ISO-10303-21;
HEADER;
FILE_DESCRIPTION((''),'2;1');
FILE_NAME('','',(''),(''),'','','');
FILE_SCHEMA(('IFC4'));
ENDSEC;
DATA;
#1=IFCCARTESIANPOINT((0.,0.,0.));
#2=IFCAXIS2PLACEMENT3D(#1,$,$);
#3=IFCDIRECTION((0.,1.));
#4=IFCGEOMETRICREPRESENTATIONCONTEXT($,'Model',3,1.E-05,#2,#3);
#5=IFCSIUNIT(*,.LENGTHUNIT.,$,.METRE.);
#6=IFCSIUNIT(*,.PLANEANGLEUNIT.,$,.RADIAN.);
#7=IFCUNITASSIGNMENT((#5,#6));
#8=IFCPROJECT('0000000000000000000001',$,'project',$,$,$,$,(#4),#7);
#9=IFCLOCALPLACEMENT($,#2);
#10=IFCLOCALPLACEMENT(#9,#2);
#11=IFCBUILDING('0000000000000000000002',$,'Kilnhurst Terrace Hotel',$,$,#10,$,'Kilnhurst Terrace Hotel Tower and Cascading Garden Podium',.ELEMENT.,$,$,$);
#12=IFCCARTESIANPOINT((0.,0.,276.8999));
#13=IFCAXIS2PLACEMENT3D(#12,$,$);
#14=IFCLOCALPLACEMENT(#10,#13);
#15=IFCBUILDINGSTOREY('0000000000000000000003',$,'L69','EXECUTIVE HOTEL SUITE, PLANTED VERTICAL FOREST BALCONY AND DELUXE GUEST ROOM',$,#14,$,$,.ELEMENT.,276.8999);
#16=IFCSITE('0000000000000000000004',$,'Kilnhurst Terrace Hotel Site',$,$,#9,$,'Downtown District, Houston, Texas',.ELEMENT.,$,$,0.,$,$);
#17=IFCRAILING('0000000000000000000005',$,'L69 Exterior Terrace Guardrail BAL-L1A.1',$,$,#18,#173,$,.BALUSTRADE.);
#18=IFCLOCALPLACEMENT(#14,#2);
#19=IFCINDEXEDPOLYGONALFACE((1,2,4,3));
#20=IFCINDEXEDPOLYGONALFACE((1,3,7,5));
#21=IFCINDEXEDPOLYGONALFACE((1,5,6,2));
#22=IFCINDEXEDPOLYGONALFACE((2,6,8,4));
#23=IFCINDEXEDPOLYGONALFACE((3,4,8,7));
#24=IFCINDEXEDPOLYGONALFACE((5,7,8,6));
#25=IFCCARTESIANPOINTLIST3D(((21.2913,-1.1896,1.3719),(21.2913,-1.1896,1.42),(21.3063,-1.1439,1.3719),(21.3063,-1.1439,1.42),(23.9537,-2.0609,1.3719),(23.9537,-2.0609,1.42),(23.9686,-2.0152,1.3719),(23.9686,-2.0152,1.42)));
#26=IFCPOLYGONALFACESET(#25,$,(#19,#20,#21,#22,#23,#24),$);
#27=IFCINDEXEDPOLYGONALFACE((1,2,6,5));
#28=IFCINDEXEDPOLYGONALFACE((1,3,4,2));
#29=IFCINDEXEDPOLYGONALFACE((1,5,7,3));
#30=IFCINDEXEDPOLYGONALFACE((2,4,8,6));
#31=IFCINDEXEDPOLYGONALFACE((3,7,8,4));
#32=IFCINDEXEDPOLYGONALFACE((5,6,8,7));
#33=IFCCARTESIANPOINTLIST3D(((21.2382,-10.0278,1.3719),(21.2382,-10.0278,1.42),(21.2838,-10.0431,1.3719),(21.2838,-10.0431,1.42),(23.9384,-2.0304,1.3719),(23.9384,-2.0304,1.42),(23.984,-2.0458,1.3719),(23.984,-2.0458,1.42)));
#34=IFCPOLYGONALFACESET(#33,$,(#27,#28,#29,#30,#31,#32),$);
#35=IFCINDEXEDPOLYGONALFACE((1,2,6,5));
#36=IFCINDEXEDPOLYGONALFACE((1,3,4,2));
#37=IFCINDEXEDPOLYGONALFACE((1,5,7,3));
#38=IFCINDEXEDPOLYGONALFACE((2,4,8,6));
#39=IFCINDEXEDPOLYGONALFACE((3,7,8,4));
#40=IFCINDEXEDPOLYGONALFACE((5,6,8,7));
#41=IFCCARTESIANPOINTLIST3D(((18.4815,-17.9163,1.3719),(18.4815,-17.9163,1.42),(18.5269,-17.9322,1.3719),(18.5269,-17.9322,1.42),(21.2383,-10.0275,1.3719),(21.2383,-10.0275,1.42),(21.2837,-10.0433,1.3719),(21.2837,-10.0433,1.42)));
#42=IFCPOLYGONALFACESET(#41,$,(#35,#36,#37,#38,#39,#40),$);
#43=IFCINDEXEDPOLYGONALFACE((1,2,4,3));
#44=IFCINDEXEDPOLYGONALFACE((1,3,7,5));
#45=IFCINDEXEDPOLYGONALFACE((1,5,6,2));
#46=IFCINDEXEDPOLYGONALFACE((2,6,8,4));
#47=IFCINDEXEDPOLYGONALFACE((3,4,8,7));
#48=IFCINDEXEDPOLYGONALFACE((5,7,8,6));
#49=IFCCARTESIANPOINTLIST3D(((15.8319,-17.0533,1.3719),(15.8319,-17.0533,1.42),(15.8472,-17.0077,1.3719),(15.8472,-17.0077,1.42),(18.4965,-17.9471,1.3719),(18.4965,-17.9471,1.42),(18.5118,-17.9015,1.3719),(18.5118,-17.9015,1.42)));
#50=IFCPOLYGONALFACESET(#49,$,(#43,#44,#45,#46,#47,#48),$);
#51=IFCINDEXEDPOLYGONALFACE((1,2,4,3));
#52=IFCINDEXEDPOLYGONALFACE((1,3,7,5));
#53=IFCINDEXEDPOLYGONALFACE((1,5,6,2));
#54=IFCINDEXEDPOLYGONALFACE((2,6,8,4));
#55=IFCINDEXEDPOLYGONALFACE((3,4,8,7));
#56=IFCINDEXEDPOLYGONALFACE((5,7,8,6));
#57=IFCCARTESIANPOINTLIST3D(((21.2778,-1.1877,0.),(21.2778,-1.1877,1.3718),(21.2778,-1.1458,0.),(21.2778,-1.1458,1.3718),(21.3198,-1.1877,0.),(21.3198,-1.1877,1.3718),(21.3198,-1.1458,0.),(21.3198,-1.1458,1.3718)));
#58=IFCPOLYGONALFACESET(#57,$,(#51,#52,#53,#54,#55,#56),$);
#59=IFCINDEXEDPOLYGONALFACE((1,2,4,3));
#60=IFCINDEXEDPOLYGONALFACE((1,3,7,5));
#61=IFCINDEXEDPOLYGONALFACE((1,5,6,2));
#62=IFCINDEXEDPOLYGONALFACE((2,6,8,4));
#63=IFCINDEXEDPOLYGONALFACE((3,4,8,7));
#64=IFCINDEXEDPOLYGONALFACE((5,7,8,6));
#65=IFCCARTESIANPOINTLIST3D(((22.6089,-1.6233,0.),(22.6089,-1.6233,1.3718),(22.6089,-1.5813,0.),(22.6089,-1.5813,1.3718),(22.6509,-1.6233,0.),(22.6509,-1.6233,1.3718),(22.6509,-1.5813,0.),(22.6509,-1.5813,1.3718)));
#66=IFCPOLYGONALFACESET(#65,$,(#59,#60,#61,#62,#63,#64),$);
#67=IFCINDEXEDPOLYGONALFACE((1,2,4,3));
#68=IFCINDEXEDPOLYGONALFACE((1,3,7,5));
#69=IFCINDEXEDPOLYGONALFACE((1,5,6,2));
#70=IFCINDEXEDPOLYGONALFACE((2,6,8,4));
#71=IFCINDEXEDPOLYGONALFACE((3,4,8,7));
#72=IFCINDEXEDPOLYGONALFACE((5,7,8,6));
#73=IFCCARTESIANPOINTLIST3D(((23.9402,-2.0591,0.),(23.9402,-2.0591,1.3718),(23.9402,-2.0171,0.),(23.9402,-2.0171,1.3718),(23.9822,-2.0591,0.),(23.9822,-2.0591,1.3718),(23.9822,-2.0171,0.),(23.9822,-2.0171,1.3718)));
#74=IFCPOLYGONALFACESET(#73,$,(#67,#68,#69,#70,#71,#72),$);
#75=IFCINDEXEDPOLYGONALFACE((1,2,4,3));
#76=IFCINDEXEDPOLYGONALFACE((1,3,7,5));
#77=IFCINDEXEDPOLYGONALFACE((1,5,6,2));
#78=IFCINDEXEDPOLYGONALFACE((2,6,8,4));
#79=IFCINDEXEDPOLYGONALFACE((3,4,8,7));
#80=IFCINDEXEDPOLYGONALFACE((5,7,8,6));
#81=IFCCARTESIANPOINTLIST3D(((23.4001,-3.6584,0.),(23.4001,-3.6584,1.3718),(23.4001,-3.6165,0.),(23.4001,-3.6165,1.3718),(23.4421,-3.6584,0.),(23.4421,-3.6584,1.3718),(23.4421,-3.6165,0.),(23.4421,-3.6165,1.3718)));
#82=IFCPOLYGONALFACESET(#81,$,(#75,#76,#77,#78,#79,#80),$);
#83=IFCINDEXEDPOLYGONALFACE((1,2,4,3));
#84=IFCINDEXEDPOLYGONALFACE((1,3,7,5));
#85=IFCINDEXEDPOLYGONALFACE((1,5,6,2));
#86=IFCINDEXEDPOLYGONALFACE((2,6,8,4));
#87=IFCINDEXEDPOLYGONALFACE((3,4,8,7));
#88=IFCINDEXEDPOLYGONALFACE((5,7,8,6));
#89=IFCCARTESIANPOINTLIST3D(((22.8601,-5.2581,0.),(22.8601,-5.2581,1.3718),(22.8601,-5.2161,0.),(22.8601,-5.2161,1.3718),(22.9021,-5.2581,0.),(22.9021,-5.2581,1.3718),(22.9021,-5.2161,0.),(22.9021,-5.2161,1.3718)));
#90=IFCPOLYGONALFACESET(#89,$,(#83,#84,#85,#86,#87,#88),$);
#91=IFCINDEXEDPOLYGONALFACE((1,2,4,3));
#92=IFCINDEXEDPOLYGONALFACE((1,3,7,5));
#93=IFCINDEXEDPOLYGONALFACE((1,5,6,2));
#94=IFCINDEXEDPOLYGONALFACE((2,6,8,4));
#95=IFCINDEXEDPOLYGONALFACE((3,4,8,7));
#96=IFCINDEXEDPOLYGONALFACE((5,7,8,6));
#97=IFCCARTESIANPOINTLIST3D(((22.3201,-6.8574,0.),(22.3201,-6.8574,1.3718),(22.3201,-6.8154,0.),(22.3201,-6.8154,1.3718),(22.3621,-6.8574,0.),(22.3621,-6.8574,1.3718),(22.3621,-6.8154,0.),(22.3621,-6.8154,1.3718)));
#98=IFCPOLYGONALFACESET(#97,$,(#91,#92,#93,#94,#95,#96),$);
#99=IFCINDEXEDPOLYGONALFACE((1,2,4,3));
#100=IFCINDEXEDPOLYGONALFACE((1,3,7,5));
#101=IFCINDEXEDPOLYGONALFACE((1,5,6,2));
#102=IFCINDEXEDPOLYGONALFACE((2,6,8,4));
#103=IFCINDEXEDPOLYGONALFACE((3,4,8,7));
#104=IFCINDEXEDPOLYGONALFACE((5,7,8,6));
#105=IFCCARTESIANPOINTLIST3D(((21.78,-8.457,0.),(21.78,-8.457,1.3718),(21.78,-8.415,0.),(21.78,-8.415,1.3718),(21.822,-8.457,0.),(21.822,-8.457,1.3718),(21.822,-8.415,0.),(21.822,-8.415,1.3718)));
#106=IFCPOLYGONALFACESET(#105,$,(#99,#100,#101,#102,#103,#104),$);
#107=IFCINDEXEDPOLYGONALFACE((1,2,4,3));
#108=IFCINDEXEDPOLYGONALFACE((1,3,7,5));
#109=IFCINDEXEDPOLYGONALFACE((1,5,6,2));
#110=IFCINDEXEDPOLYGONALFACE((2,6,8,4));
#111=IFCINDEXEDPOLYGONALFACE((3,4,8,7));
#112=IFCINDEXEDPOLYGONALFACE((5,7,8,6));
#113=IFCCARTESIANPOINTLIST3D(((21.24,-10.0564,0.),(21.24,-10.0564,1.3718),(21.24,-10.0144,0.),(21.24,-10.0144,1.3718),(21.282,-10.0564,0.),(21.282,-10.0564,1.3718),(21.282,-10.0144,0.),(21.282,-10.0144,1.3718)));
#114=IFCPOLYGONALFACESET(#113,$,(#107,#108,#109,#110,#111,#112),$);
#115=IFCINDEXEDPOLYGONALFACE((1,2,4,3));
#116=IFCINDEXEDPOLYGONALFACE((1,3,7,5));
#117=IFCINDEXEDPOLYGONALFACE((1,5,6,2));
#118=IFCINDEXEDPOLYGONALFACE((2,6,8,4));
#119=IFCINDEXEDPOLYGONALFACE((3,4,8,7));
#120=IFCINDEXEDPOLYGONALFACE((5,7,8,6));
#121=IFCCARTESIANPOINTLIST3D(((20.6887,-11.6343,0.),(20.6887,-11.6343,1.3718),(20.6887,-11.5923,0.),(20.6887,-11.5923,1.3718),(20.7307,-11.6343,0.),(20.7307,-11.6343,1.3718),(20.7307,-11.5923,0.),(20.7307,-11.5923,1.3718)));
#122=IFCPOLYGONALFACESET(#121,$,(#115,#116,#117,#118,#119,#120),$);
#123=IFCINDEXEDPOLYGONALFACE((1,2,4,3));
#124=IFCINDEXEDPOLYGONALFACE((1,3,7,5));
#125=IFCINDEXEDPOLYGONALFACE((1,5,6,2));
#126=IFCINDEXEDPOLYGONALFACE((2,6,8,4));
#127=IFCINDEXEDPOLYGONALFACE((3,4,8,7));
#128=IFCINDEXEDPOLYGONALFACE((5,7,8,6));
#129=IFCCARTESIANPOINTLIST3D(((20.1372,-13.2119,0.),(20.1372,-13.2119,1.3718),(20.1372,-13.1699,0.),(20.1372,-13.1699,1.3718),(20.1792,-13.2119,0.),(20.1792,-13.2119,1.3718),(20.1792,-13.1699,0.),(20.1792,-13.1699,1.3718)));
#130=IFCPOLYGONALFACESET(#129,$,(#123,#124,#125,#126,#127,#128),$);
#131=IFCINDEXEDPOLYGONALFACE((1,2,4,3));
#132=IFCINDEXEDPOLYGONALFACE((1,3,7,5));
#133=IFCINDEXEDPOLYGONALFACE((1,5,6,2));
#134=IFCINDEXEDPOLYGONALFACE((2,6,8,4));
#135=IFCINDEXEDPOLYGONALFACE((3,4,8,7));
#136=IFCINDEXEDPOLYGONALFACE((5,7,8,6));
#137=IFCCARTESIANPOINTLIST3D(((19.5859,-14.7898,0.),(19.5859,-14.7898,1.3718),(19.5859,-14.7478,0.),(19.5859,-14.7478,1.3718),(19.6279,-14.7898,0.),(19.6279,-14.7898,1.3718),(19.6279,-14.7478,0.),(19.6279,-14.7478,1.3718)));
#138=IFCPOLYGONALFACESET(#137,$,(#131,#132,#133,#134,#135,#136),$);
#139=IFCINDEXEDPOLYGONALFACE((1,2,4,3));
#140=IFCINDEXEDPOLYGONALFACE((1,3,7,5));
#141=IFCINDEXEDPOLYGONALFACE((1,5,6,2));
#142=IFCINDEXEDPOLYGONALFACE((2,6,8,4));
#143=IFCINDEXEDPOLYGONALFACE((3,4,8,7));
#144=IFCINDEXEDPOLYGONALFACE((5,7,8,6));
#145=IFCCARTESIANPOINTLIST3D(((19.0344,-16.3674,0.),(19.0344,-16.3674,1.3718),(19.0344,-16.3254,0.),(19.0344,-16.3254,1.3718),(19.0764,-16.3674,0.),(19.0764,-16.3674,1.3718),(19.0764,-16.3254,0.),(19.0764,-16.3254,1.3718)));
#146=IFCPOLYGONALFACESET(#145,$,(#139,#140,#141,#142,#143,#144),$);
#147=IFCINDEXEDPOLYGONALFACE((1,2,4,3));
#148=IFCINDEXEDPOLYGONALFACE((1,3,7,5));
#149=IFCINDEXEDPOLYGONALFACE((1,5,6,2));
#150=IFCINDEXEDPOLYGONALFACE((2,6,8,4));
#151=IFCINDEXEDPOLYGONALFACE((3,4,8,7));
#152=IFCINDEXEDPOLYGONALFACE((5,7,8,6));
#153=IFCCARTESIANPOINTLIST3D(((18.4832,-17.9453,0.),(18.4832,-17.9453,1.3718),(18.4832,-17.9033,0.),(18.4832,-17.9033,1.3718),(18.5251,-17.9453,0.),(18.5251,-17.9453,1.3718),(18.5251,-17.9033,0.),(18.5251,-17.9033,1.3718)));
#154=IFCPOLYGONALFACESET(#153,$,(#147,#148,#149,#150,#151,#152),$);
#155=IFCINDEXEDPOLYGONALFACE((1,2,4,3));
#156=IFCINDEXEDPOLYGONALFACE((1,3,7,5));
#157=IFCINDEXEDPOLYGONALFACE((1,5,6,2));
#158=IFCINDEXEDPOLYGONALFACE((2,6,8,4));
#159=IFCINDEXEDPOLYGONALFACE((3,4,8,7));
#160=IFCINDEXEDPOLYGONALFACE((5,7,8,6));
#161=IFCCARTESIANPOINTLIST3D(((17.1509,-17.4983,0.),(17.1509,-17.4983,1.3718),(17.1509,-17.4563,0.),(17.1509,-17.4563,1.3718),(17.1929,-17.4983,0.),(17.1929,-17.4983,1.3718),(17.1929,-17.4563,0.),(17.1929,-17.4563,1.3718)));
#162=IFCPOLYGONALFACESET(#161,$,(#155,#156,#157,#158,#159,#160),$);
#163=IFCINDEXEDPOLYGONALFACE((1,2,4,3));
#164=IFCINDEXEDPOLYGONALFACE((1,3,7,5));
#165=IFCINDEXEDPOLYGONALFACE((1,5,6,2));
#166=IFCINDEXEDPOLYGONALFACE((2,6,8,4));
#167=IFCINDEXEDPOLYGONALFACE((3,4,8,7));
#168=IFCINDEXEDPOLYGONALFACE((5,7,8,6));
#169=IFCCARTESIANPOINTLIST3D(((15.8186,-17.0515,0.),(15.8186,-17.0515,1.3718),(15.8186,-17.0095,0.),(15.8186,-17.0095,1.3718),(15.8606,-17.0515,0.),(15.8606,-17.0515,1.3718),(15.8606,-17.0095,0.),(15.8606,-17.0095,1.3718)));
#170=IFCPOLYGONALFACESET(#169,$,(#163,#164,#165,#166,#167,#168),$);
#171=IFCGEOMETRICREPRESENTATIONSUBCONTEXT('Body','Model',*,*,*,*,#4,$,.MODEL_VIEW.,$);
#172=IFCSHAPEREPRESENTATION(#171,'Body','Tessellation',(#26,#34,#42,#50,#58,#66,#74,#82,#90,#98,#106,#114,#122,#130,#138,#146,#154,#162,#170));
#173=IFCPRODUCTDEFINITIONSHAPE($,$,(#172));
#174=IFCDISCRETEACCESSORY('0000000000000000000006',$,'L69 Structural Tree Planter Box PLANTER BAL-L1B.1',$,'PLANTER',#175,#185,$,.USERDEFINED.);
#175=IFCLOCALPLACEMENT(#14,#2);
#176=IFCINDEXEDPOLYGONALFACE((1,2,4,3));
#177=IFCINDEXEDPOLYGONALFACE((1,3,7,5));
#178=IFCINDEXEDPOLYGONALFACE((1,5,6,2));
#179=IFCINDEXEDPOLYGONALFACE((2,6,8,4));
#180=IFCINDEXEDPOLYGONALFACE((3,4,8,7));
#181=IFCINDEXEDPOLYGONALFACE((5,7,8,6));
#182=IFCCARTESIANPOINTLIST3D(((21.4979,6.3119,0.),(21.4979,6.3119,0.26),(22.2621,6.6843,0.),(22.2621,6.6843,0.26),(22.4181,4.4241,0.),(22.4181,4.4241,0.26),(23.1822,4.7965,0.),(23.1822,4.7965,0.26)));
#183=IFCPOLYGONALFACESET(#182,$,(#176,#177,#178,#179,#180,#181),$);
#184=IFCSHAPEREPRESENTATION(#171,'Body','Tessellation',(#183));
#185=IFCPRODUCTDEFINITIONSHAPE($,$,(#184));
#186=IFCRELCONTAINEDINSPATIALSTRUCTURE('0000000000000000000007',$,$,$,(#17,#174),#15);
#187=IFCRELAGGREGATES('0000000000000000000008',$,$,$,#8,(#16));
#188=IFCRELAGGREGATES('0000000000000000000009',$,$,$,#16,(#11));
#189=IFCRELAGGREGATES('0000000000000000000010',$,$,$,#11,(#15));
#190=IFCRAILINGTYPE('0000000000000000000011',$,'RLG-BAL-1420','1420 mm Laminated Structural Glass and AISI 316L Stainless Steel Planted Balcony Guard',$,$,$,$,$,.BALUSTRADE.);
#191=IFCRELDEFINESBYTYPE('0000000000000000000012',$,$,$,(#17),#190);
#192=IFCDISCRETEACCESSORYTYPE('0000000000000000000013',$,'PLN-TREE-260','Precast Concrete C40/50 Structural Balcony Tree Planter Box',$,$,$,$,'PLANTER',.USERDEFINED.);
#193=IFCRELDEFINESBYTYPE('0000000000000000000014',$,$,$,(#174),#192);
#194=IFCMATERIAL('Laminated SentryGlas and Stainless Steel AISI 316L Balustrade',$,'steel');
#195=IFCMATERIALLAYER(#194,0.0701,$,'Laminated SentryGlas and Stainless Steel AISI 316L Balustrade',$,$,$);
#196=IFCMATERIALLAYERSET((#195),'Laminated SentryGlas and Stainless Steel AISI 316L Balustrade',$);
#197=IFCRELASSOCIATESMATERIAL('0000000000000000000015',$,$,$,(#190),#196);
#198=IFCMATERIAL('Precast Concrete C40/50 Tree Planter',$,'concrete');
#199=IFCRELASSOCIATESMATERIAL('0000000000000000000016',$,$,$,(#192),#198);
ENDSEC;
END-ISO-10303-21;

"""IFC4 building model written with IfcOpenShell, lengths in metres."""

from ifc_helpers import new_model, si_unit, direction, frame, origin, origin_2d, place, context, subcontext, project, spatial, rectangle, extrude, material, layer, layer_set, type_object, element, save


model = new_model("IFC4")

# Units and contexts
model_context = context("Model", 3, precision=1e-05, world=origin(), true_north=direction((0.0, 1.0)))
body_context = subcontext(model_context, "Body", "Model", "MODEL_VIEW")
ifc_project = project(units=[si_unit("LENGTHUNIT", "METRE"), si_unit("PLANEANGLEUNIT", "RADIAN")], contexts=[model_context])

# Site, building, storey
site_placement = place(None, origin())
site = spatial("IfcSite", under=ifc_project, at=site_placement, Name="Kilnhurst Terrace Hotel Site", LongName="Downtown District, Houston, Texas", CompositionType="ELEMENT", RefElevation=0.0)
building_placement = place(site_placement, origin())
building = spatial("IfcBuilding", under=site, at=building_placement, Name="Kilnhurst Terrace Hotel", LongName="Kilnhurst Terrace Hotel Tower and Cascading Garden Podium", CompositionType="ELEMENT")
storey_placement = place(building_placement, frame((0.0, 0.0, 276.8999)))
storey = spatial("IfcBuildingStorey", under=building, at=storey_placement, Name="L69", Description="EXECUTIVE HOTEL SUITE, PLANTED VERTICAL FOREST BALCONY AND DELUXE GUEST ROOM", CompositionType="ELEMENT", Elevation=276.8999)

# Railing
ifc_material_1 = material(Name="Laminated SentryGlas and Stainless Steel AISI 316L Balustrade", Category="steel")
ifc_layer_1 = layer(ifc_material_1, 0.0701, Name="Laminated SentryGlas and Stainless Steel AISI 316L Balustrade")
ifc_layer_set_1 = layer_set([ifc_layer_1], Name="Laminated SentryGlas and Stainless Steel AISI 316L Balustrade")
railing_type = type_object("IfcRailingType", Name="RLG-BAL-1420", Description="1420 mm Laminated Structural Glass and AISI 316L Stainless Steel Planted Balcony Guard", PredefinedType="BALUSTRADE", material=ifc_layer_set_1)
railing_placement = place(storey_placement, frame((21.2988, -1.1667, 0.0)))
element("IfcRailing", 1, at=railing_placement, inside=storey, type_object=railing_type, Name="L69 Exterior Terrace Guardrail BAL-L1A.1", PredefinedType="BALUSTRADE", context=body_context, shape_type="SweptSolid", body=[
    extrude(rectangle(XDim=0.0481, YDim=0.0481, at=origin_2d()), frame((0.0, 0.0, 1.396), z_axis=(0.950395, -0.311046, 0.0), x_axis=(0.311046, 0.950395, 0.0)), (0.0, 0.0, 1.0), 2.8013),
    extrude(rectangle(XDim=0.0481, YDim=0.0481, at=origin_2d()), frame((2.6624, -0.8713, 1.396), z_axis=(-0.319896, -0.947453, 0.0), x_axis=(0.947453, -0.319896, 0.0)), (0.0, 0.0, 1.0), 8.4409),
    extrude(rectangle(XDim=0.0481, YDim=0.0481, at=origin_2d()), frame((-0.0378, -8.8687, 1.396), z_axis=(-0.329894, -0.944018, 0.0), x_axis=(0.944018, -0.329894, 0.0)), (0.0, 0.0, 1.0), 8.3567),
    extrude(rectangle(XDim=0.0481, YDim=0.0481, at=origin_2d()), frame((-2.7947, -16.7576, 1.396), z_axis=(-0.948082, 0.318025, 0.0), x_axis=(-0.318025, -0.948082, 0.0)), (0.0, 0.0, 1.0), 2.8105),
    extrude(rectangle(XDim=0.042, YDim=0.042, at=origin_2d()), origin(), (0.0, 0.0, 1.0), 1.3718),
    extrude(rectangle(XDim=0.042, YDim=0.042, at=origin_2d()), frame((1.3311, -0.4355, 0.0)), (0.0, 0.0, 1.0), 1.3718),
    extrude(rectangle(XDim=0.042, YDim=0.042, at=origin_2d()), frame((2.6624, -0.8713, 0.0)), (0.0, 0.0, 1.0), 1.3718),
    extrude(rectangle(XDim=0.042, YDim=0.042, at=origin_2d()), frame((2.1223, -2.4707, 0.0)), (0.0, 0.0, 1.0), 1.3718),
    extrude(rectangle(XDim=0.042, YDim=0.042, at=origin_2d()), frame((1.5823, -4.0703, 0.0)), (0.0, 0.0, 1.0), 1.3718),
    extrude(rectangle(XDim=0.042, YDim=0.042, at=origin_2d()), frame((1.0422, -5.6697, 0.0)), (0.0, 0.0, 1.0), 1.3718),
    extrude(rectangle(XDim=0.042, YDim=0.042, at=origin_2d()), frame((0.5022, -7.2693, 0.0)), (0.0, 0.0, 1.0), 1.3718),
    extrude(rectangle(XDim=0.042, YDim=0.042, at=origin_2d()), frame((-0.0378, -8.8687, 0.0)), (0.0, 0.0, 1.0), 1.3718),
    extrude(rectangle(XDim=0.042, YDim=0.042, at=origin_2d()), frame((-0.5891, -10.4465, 0.0)), (0.0, 0.0, 1.0), 1.3718),
    extrude(rectangle(XDim=0.042, YDim=0.042, at=origin_2d()), frame((-1.1406, -12.0242, 0.0)), (0.0, 0.0, 1.0), 1.3718),
    extrude(rectangle(XDim=0.042, YDim=0.042, at=origin_2d()), frame((-1.6919, -13.6021, 0.0)), (0.0, 0.0, 1.0), 1.3718),
    extrude(rectangle(XDim=0.042, YDim=0.042, at=origin_2d()), frame((-2.2434, -15.1797, 0.0)), (0.0, 0.0, 1.0), 1.3718),
    extrude(rectangle(XDim=0.042, YDim=0.042, at=origin_2d()), frame((-2.7947, -16.7576, 0.0)), (0.0, 0.0, 1.0), 1.3718),
    extrude(rectangle(XDim=0.042, YDim=0.042, at=origin_2d()), frame((-4.127, -16.3105, 0.0)), (0.0, 0.0, 1.0), 1.3718),
    extrude(rectangle(XDim=0.042, YDim=0.042, at=origin_2d()), frame((-5.4592, -15.8638, 0.0)), (0.0, 0.0, 1.0), 1.3718),
])

# Discrete accessory
ifc_material_2 = material(Name="Precast Concrete C40/50 Tree Planter", Category="concrete")
discrete_accessory_type = type_object("IfcDiscreteAccessoryType", Name="PLN-TREE-260", Description="Precast Concrete C40/50 Structural Balcony Tree Planter Box", ElementType="PLANTER", PredefinedType="USERDEFINED", material=ifc_material_2)
discrete_accessory_placement = place(storey_placement, frame((22.3401, 5.5542, 0.0), z_axis=(0.0, 0.0, 1.0), x_axis=(-0.438136, 0.898909, 0.0)))
element("IfcDiscreteAccessory", 2, at=discrete_accessory_placement, inside=storey, type_object=discrete_accessory_type, Name="L69 Structural Tree Planter Box PLANTER BAL-L1B.1", ObjectType="PLANTER", PredefinedType="USERDEFINED", context=body_context, shape_type="SweptSolid", body=[
    extrude(rectangle(XDim=2.1001, YDim=0.8501, at=origin_2d()), origin(), (0.0, 0.0, 1.0), 0.26),
])

save(model, "model.ifc")
